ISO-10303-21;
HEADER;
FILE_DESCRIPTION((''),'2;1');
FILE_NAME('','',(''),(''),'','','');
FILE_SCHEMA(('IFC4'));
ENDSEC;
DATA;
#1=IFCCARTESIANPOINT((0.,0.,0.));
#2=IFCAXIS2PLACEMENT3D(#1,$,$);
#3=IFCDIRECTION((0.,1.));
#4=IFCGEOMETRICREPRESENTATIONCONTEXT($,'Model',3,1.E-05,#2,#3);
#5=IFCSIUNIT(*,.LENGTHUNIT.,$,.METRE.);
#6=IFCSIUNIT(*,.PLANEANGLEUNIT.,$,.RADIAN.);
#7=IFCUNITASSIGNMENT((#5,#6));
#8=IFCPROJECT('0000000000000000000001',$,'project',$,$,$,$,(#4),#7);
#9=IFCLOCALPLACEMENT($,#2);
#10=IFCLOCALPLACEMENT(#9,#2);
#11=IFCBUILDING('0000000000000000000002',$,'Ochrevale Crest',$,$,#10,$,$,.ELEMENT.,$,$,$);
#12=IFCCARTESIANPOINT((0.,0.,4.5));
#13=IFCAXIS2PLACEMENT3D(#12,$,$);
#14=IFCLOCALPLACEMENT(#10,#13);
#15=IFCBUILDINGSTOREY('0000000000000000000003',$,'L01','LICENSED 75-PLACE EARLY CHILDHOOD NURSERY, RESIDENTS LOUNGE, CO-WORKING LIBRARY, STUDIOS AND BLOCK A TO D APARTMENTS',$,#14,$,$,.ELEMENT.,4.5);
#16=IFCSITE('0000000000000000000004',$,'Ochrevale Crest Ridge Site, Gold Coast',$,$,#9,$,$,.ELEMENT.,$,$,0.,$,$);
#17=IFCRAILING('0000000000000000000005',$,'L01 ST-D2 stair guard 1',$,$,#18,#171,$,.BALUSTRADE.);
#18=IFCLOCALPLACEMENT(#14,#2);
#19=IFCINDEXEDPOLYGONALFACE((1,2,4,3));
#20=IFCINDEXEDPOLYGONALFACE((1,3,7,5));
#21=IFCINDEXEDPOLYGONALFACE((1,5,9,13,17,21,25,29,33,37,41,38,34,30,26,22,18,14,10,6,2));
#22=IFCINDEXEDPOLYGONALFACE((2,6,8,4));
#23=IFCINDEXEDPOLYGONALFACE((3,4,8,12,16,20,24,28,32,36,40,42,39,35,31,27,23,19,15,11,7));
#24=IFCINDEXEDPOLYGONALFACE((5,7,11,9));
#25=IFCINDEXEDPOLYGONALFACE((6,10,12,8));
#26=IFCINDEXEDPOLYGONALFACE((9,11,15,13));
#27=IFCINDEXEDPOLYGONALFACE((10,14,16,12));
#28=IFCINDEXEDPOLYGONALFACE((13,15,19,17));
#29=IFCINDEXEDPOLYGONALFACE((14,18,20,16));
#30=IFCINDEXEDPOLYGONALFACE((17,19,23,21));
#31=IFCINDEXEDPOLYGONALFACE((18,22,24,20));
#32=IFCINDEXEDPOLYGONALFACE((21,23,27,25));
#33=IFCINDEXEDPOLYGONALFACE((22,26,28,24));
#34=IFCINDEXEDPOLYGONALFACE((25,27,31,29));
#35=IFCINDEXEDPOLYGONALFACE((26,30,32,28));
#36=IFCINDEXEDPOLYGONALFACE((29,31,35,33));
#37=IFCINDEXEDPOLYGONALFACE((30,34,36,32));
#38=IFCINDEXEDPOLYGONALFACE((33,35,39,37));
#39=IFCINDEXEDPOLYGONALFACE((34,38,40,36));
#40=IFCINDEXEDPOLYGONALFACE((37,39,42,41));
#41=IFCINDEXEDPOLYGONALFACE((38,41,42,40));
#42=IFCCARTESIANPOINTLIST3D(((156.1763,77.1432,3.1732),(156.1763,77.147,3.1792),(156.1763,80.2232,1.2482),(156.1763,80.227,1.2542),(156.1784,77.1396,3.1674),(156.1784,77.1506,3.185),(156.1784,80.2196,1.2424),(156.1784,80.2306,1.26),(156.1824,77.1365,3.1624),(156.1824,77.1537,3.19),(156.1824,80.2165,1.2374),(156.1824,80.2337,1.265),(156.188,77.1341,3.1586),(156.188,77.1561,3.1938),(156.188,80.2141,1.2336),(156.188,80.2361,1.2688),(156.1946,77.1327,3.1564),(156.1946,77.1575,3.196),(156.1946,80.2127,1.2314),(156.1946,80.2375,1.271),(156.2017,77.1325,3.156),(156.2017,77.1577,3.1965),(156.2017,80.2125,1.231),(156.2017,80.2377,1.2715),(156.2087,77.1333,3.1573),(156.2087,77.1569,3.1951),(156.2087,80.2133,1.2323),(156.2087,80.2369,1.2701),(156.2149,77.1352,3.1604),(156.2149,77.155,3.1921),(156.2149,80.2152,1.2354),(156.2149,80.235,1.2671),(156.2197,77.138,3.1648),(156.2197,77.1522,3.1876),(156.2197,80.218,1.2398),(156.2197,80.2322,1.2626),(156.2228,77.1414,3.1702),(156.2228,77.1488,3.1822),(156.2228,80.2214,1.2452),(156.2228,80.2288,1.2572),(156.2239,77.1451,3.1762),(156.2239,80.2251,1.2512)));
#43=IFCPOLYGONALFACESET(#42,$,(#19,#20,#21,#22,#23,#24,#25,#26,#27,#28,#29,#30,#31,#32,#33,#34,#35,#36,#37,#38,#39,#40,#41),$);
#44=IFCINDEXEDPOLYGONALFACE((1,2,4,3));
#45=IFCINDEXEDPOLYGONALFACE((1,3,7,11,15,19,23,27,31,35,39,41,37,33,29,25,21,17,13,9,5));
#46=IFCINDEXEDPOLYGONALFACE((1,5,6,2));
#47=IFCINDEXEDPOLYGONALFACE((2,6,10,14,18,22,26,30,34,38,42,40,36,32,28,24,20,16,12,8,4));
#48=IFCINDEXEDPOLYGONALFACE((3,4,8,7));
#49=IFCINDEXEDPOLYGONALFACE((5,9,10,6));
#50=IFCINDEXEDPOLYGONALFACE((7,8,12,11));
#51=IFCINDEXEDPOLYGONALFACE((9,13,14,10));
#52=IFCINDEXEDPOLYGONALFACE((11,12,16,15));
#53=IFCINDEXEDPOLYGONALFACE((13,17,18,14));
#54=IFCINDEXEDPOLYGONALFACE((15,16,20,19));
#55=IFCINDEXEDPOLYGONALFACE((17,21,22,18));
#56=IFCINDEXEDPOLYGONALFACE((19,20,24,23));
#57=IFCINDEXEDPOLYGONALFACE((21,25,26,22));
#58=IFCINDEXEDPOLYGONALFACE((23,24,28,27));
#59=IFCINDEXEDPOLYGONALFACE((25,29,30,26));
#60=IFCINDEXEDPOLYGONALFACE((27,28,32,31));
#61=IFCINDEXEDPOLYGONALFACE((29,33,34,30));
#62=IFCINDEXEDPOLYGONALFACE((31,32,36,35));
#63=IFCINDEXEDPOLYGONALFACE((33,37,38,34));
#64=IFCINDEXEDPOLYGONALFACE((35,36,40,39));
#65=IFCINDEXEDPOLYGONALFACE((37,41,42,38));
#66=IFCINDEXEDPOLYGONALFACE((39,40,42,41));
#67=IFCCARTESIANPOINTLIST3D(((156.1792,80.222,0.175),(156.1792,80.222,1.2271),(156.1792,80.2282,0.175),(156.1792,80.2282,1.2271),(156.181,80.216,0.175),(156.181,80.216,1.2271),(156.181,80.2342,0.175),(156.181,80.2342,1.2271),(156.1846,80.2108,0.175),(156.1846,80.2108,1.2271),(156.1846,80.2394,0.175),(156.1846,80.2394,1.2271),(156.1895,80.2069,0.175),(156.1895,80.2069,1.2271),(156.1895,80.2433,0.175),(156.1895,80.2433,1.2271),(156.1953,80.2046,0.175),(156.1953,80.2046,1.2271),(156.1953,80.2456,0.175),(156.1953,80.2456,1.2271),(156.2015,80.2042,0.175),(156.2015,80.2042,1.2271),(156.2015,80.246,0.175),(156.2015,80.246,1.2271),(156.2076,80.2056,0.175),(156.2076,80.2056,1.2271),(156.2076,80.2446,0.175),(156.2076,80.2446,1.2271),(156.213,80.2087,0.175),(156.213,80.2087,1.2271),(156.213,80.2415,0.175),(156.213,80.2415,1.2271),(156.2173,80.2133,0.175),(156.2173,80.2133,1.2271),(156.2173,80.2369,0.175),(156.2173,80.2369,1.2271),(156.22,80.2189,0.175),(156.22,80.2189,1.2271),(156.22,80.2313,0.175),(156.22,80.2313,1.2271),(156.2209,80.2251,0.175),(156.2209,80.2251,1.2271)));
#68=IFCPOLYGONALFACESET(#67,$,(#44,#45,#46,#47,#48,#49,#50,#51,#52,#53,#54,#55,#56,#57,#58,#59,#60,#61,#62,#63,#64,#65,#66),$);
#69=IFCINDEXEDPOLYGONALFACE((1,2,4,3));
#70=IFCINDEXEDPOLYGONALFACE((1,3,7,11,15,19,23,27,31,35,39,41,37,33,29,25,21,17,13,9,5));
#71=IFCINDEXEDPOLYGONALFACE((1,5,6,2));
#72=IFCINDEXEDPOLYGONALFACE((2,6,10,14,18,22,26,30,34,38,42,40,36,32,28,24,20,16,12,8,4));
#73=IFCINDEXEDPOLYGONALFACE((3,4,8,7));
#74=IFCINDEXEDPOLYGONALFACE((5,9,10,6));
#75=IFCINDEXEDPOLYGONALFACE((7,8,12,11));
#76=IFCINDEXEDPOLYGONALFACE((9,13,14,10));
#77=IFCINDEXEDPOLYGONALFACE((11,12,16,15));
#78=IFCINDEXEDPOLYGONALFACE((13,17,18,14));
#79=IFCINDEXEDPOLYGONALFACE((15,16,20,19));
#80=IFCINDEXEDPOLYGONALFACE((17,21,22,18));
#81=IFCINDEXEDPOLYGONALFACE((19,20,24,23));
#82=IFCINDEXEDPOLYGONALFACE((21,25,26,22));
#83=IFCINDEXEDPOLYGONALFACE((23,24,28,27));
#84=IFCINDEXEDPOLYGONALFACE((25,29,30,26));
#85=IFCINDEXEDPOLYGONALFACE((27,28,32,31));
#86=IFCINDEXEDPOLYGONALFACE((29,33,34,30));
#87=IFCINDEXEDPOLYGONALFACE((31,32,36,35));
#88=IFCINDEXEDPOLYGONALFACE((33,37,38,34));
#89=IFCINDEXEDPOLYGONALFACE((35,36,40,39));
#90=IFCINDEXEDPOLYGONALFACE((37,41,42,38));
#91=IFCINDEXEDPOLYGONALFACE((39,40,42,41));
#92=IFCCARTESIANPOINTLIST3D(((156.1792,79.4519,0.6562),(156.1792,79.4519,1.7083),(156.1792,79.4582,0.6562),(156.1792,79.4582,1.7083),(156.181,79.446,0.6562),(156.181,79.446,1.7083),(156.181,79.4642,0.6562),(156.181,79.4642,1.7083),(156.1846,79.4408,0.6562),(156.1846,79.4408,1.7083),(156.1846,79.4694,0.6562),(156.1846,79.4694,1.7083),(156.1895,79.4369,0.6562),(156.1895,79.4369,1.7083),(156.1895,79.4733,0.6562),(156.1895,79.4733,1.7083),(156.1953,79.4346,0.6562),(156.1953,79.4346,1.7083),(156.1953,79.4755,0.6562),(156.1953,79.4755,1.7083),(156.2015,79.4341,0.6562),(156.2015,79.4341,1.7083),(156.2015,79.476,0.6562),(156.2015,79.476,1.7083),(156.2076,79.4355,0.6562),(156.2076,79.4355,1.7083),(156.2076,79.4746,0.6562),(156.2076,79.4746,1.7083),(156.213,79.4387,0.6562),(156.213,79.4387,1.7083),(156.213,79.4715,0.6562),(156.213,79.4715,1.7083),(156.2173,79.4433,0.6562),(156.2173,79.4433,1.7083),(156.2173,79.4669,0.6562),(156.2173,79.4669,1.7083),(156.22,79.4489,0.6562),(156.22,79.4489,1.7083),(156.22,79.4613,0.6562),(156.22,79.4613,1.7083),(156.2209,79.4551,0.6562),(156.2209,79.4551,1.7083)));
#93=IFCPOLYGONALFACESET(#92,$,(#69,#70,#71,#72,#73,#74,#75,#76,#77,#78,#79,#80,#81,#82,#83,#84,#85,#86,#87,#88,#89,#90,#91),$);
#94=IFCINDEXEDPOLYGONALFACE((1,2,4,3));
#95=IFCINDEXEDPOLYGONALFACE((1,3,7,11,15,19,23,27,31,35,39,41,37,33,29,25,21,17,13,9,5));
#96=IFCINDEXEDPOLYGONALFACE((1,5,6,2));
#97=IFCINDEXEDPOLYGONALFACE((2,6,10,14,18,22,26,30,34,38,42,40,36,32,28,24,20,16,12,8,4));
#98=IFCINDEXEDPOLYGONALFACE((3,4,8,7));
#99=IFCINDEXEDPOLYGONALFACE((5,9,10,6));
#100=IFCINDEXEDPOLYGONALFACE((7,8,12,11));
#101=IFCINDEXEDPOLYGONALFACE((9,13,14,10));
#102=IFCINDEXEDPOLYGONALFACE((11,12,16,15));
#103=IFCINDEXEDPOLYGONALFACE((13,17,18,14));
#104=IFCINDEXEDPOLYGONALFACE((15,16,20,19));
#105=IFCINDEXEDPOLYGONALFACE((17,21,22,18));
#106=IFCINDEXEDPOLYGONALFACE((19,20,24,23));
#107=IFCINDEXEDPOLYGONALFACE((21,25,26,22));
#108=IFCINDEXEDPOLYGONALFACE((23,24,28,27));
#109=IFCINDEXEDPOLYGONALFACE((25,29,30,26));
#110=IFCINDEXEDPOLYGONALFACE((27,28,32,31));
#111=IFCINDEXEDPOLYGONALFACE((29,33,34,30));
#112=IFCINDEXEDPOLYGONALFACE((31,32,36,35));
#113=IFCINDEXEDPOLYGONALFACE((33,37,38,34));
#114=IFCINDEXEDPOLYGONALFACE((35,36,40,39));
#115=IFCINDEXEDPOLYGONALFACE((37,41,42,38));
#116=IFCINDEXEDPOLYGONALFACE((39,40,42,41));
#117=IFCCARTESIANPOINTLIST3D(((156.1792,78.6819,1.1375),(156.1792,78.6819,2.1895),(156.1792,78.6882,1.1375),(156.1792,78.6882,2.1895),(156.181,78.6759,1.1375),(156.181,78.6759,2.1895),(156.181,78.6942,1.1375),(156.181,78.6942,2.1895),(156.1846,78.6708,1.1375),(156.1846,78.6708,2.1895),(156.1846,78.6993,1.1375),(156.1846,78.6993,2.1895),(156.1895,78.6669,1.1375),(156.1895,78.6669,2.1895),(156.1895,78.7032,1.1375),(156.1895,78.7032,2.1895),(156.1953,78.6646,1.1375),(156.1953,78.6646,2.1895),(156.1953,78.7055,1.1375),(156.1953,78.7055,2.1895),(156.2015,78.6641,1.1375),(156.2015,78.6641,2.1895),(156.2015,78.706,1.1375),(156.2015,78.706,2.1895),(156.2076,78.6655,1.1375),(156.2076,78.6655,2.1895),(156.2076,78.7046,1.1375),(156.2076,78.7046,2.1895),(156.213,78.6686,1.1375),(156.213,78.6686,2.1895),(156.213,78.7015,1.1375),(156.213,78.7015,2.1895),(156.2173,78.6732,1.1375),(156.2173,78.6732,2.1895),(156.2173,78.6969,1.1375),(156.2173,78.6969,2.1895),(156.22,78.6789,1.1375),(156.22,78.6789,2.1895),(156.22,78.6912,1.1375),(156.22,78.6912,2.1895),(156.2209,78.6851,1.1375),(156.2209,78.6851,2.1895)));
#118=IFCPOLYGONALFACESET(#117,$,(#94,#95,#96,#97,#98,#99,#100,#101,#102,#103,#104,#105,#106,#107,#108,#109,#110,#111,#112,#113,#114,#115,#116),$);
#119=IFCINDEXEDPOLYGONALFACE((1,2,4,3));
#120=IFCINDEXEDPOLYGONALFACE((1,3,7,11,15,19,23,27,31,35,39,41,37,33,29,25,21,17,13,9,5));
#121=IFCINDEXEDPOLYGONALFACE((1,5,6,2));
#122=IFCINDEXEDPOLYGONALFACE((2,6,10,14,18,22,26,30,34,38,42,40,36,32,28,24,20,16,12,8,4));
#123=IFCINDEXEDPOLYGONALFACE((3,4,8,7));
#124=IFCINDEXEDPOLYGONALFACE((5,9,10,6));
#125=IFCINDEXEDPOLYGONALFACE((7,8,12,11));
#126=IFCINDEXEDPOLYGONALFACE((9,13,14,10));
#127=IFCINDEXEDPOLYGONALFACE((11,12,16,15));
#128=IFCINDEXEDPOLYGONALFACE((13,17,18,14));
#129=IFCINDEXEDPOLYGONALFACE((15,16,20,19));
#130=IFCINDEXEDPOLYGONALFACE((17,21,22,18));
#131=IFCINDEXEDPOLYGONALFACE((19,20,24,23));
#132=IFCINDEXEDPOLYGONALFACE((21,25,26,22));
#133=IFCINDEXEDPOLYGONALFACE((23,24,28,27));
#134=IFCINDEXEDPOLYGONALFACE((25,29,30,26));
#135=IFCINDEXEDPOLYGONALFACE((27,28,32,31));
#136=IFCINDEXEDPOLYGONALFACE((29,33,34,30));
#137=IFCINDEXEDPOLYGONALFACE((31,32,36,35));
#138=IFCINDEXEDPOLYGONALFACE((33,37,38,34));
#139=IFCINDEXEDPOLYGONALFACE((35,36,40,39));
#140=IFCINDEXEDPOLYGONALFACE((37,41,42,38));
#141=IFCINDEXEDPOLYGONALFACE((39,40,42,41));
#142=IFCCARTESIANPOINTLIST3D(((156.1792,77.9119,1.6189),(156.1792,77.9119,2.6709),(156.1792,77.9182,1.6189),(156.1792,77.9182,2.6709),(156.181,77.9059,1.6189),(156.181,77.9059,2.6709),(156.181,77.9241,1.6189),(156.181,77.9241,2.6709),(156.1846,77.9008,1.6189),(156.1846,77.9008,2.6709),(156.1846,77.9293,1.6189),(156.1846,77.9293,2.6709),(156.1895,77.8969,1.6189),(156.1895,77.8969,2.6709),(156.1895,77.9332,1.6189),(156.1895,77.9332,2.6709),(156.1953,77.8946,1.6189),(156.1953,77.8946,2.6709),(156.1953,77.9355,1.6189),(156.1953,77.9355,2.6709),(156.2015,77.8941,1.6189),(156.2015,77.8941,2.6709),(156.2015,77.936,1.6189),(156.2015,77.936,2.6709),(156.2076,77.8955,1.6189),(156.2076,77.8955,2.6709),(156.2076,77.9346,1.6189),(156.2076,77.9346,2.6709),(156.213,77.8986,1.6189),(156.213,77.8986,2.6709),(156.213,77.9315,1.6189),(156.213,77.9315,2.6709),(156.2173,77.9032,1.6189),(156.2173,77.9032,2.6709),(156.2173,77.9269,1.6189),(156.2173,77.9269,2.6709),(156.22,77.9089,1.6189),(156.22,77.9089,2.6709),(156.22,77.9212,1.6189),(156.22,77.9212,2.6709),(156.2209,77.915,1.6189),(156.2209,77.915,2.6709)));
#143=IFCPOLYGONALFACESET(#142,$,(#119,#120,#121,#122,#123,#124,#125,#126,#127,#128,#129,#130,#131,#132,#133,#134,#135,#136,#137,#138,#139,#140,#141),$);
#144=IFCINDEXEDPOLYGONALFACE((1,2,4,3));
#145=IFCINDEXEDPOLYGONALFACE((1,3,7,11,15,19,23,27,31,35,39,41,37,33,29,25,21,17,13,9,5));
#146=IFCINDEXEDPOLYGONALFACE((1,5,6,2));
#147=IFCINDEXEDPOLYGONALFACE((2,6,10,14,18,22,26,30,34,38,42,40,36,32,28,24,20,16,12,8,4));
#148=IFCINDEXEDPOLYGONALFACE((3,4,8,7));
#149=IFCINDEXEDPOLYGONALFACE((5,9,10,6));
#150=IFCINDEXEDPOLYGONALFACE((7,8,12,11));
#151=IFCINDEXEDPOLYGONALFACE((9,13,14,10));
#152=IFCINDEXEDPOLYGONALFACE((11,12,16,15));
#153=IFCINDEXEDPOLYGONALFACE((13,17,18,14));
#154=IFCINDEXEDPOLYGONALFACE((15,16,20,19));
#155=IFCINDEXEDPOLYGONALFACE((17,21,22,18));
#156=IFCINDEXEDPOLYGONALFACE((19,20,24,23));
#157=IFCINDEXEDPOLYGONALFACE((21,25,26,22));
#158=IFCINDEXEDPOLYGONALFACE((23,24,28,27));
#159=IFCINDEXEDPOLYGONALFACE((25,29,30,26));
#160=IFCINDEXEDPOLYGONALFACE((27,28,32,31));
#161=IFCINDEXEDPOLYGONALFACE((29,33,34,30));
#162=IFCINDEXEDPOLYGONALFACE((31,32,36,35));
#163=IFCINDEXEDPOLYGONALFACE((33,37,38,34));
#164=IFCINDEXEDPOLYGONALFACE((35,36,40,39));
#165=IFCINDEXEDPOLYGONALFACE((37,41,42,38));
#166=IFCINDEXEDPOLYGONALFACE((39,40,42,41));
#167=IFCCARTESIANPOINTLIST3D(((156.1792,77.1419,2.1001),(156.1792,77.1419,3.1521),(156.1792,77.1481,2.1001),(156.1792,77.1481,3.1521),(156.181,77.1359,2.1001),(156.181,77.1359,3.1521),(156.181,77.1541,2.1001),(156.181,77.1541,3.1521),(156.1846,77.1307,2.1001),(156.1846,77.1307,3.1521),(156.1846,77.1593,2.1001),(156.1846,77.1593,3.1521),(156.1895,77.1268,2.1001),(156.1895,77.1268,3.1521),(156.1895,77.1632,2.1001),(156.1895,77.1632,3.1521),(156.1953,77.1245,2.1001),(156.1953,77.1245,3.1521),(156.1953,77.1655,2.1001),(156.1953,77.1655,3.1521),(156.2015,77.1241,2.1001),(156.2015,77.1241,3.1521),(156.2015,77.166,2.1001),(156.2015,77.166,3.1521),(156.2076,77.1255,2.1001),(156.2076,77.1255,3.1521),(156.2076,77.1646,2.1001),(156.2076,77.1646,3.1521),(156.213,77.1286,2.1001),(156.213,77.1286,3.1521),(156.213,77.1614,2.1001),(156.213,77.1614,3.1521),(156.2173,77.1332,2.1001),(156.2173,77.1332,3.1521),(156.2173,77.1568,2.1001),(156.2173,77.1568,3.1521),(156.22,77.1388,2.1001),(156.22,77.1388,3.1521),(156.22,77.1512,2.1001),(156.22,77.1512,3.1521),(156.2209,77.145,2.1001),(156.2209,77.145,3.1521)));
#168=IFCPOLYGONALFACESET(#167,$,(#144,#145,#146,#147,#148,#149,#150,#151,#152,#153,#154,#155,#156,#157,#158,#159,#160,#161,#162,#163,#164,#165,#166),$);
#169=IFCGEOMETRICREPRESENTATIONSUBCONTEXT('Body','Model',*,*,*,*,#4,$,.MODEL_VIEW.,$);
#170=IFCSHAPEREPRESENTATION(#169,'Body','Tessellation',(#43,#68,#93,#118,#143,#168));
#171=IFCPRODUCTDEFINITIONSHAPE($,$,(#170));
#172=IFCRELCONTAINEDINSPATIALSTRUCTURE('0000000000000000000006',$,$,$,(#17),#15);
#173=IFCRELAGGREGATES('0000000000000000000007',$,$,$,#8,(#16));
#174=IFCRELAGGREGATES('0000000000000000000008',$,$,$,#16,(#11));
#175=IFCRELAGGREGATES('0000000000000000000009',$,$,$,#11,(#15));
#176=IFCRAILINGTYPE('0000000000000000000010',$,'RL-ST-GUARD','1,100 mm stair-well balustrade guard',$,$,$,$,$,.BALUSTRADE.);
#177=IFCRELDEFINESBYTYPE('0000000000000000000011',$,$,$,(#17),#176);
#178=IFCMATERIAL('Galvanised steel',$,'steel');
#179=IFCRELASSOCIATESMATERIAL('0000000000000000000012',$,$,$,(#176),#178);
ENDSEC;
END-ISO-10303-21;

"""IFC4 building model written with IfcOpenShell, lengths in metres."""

from ifc_helpers import new_model, si_unit, direction, frame, origin, origin_2d, place, context, subcontext, project, spatial, circle, extrude, material, type_object, element, save


model = new_model("IFC4")

# Units and contexts
model_context = context("Model", 3, precision=1e-05, world=origin(), true_north=direction((0.0, 1.0)))
body_context = subcontext(model_context, "Body", "Model", "MODEL_VIEW")
ifc_project = project(units=[si_unit("LENGTHUNIT", "METRE"), si_unit("PLANEANGLEUNIT", "RADIAN")], contexts=[model_context])

# Site, building, storey
site_placement = place(None, origin())
site = spatial("IfcSite", under=ifc_project, at=site_placement, Name="Ochrevale Crest Ridge Site, Gold Coast", CompositionType="ELEMENT", RefElevation=0.0)
building_placement = place(site_placement, origin())
building = spatial("IfcBuilding", under=site, at=building_placement, Name="Ochrevale Crest", CompositionType="ELEMENT")
storey_placement = place(building_placement, frame((0.0, 0.0, 4.5)))
storey = spatial("IfcBuildingStorey", under=building, at=storey_placement, Name="L01", Description="LICENSED 75-PLACE EARLY CHILDHOOD NURSERY, RESIDENTS LOUNGE, CO-WORKING LIBRARY, STUDIOS AND BLOCK A TO D APARTMENTS", CompositionType="ELEMENT", Elevation=4.5)

# Railing
ifc_material_1 = material(Name="Galvanised steel", Category="steel")
railing_type_1 = type_object("IfcRailingType", Name="RL-ST-GUARD", Description="1,100 mm stair-well balustrade guard", PredefinedType="BALUSTRADE", material=ifc_material_1)
railing_1_placement = place(storey_placement, frame((156.2, 80.2251, 0.175)))
element("IfcRailing", 1, at=railing_1_placement, inside=storey, type_object=railing_type_1, Name="L01 ST-D2 stair guard 1", PredefinedType="BALUSTRADE", context=body_context, shape_type="SweptSolid", body=[
    extrude(circle(Radius=0.0239, at=origin_2d()), frame((0.0, 0.0, 1.0762), z_axis=(0.0, -0.847998, 0.529999), x_axis=(1.0, 0.0, 0.0)), (0.0, 0.0, 1.0), 3.6321),
    extrude(circle(Radius=0.021, at=origin_2d()), origin(), (0.0, 0.0, 1.0), 1.052),
    extrude(circle(Radius=0.021, at=origin_2d()), frame((0.0, -0.77, 0.4812)), (0.0, 0.0, 1.0), 1.052),
    extrude(circle(Radius=0.021, at=origin_2d()), frame((0.0, -1.54, 0.9624)), (0.0, 0.0, 1.0), 1.052),
    extrude(circle(Radius=0.021, at=origin_2d()), frame((0.0, -2.3101, 1.4438)), (0.0, 0.0, 1.0), 1.052),
    extrude(circle(Radius=0.021, at=origin_2d()), frame((0.0, -3.0801, 1.925)), (0.0, 0.0, 1.0), 1.052),
])

save(model, "model.ifc")
